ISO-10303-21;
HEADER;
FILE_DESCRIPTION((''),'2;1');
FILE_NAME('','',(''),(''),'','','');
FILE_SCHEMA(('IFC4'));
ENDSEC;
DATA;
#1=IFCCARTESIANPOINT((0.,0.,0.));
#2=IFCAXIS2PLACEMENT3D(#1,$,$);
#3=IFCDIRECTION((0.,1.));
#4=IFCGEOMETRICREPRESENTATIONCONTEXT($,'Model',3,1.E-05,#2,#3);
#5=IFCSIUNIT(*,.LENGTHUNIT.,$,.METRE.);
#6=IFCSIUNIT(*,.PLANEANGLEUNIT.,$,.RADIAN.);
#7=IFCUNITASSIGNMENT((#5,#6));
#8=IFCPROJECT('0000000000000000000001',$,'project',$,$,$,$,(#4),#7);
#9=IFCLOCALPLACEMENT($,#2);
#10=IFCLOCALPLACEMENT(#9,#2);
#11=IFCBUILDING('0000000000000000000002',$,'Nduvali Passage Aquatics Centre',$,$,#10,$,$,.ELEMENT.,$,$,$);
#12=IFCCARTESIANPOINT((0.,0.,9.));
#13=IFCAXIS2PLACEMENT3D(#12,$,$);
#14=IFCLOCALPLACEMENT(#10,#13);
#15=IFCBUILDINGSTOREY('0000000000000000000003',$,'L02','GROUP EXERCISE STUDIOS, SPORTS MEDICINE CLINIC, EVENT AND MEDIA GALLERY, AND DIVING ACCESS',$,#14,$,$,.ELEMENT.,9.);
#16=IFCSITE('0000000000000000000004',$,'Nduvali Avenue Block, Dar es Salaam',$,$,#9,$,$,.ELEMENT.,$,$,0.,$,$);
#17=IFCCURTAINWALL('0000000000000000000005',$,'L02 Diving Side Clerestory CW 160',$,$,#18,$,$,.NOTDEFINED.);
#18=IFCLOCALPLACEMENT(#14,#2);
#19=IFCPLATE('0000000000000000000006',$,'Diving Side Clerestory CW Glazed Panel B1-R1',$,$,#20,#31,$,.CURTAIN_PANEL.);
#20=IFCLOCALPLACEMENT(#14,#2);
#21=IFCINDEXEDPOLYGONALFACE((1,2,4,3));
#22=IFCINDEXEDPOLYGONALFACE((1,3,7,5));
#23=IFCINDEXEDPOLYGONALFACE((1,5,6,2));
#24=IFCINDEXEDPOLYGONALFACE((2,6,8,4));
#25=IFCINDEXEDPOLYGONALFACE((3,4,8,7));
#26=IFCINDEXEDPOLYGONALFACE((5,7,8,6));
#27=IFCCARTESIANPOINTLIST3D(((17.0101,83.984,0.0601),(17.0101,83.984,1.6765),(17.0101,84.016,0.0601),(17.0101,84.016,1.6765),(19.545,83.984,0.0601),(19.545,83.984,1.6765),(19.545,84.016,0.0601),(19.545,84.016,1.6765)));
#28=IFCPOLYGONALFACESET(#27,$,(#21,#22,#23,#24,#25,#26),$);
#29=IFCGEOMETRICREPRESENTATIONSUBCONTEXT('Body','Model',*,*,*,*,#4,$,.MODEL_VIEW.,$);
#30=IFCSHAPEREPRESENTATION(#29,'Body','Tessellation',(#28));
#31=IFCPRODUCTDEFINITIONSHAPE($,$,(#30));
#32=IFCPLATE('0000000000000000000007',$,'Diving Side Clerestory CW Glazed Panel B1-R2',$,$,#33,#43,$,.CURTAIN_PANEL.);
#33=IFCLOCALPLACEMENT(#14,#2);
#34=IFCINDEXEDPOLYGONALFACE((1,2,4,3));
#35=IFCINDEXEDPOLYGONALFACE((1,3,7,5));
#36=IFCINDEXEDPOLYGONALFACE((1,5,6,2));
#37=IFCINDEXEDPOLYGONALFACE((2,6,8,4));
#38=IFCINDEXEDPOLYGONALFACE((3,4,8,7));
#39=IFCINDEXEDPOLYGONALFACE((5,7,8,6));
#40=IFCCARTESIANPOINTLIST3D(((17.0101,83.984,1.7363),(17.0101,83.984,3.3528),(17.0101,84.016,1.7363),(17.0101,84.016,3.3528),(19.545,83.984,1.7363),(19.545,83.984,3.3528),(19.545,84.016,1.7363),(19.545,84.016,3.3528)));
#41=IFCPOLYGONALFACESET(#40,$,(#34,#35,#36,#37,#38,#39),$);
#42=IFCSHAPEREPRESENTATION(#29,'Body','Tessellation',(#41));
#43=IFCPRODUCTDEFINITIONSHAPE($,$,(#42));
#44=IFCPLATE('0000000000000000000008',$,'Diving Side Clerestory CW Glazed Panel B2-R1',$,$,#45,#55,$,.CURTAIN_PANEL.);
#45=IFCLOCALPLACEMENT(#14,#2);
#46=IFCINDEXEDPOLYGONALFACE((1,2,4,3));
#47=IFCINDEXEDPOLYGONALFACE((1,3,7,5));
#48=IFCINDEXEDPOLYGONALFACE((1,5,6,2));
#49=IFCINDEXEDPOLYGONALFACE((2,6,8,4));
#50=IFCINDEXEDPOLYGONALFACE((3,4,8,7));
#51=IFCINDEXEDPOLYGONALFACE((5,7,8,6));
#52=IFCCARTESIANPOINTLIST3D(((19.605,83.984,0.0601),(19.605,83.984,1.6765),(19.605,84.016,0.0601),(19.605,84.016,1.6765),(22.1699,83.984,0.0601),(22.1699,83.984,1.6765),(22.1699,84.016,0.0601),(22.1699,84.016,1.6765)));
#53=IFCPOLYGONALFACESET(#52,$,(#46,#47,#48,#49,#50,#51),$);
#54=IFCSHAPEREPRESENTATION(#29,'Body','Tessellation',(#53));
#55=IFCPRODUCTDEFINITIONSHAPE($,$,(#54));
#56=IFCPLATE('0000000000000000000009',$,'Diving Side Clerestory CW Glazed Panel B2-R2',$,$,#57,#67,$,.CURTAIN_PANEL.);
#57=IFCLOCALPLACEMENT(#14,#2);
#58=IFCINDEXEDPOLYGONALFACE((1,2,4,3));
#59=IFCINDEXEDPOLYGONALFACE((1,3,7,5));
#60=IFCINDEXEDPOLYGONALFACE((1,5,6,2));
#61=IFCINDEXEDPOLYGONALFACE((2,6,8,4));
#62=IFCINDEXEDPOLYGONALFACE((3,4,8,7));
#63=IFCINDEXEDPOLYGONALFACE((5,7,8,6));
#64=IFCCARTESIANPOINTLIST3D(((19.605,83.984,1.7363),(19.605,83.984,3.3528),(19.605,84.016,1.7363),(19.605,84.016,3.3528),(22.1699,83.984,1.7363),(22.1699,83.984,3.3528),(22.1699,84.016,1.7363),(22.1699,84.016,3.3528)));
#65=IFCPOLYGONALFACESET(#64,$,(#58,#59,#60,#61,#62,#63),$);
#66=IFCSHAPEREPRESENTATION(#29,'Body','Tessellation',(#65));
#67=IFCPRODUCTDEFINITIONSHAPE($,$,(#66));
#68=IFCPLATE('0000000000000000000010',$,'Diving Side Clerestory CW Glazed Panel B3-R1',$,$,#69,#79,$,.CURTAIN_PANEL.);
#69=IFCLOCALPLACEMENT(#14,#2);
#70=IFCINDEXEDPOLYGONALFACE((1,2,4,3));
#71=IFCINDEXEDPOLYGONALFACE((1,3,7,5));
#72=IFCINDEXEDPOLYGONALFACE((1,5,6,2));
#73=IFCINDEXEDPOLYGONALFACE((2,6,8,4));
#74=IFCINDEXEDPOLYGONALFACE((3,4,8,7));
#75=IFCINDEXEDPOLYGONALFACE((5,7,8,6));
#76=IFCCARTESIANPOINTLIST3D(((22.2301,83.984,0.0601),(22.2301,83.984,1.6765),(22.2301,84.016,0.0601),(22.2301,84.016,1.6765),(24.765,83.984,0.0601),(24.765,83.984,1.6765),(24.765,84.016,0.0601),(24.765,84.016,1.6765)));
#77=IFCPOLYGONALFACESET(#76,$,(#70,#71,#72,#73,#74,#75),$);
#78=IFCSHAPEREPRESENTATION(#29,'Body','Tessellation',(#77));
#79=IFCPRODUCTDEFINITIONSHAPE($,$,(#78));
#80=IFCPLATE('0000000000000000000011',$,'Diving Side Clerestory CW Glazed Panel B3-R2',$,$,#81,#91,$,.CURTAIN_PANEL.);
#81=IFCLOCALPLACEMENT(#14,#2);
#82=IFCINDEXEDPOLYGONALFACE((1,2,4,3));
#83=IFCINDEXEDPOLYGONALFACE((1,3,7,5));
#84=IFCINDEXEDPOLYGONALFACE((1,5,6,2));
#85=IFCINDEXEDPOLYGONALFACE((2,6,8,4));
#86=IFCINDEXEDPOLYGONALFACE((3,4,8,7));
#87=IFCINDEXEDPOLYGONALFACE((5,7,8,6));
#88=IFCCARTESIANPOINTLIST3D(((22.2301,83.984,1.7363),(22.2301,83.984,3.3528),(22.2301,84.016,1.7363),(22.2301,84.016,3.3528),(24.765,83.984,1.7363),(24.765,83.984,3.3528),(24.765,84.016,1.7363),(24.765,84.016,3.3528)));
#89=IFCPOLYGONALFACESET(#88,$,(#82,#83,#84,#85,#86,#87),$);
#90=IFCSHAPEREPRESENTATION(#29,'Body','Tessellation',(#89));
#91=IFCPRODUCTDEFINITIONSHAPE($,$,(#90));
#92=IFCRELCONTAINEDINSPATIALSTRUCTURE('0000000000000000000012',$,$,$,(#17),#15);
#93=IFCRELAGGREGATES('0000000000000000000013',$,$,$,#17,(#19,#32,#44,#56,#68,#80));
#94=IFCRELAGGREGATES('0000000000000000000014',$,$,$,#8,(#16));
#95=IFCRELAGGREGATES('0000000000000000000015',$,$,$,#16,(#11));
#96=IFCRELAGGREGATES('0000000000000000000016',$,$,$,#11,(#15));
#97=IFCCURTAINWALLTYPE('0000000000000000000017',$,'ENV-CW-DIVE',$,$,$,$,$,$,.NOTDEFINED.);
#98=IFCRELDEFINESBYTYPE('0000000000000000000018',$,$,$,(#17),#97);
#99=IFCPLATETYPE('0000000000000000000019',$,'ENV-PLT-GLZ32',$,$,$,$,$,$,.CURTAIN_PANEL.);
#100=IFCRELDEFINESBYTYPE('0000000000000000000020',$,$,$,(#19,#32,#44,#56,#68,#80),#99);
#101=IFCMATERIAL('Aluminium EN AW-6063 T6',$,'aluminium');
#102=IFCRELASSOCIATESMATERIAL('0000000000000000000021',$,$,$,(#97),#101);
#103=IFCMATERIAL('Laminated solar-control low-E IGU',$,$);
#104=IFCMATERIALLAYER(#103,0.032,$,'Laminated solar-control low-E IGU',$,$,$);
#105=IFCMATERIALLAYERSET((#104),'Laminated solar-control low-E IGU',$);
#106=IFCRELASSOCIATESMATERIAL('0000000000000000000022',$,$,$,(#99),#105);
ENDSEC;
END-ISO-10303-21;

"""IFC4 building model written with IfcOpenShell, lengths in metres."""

from ifc_helpers import new_model, si_unit, direction, frame, origin, origin_2d, place, context, subcontext, project, spatial, rectangle, extrude, material, layer, layer_set, type_object, element, aggregate, save


model = new_model("IFC4")

# Units and contexts
model_context = context("Model", 3, precision=1e-05, world=origin(), true_north=direction((0.0, 1.0)))
body_context = subcontext(model_context, "Body", "Model", "MODEL_VIEW")
ifc_project = project(units=[si_unit("LENGTHUNIT", "METRE"), si_unit("PLANEANGLEUNIT", "RADIAN")], contexts=[model_context])

# Site, building, storey
site_placement = place(None, origin())
site = spatial("IfcSite", under=ifc_project, at=site_placement, Name="Nduvali Avenue Block, Dar es Salaam", CompositionType="ELEMENT", RefElevation=0.0)
building_placement = place(site_placement, origin())
building = spatial("IfcBuilding", under=site, at=building_placement, Name="Nduvali Passage Aquatics Centre", CompositionType="ELEMENT")
storey_placement = place(building_placement, frame((0.0, 0.0, 9.0)))
storey = spatial("IfcBuildingStorey", under=building, at=storey_placement, Name="L02", Description="GROUP EXERCISE STUDIOS, SPORTS MEDICINE CLINIC, EVENT AND MEDIA GALLERY, AND DIVING ACCESS", CompositionType="ELEMENT", Elevation=9.0)

# Shared definitions
ifc_material_1 = material(Name="Aluminium EN AW-6063 T6", Category="aluminium")
curtain_wall_type = type_object("IfcCurtainWallType", Name="ENV-CW-DIVE", PredefinedType="NOTDEFINED", material=ifc_material_1)

# Curtain wall
curtain_wall_1_placement = place(storey_placement, origin())
curtain_wall_1 = element("IfcCurtainWall", 1, at=curtain_wall_1_placement, inside=storey, type_object=curtain_wall_type, Name="L02 Diving Side Clerestory CW 160", PredefinedType="NOTDEFINED")

# Plates
ifc_material_2 = material(Name="Laminated solar-control low-E IGU")
ifc_layer = layer(ifc_material_2, 0.032, Name="Laminated solar-control low-E IGU")
ifc_layer_set = layer_set([ifc_layer], Name="Laminated solar-control low-E IGU")
plate_type = type_object("IfcPlateType", Name="ENV-PLT-GLZ32", PredefinedType="CURTAIN_PANEL", material=ifc_layer_set)
plate_1_placement = place(storey_placement, frame((18.2776, 84.0, 0.0601), z_axis=(0.0, 0.0, 1.0), x_axis=(1.0, 0.0, 0.0)))
plate_1 = element("IfcPlate", 2, at=plate_1_placement, type_object=plate_type, Name="Diving Side Clerestory CW Glazed Panel B1-R1", PredefinedType="CURTAIN_PANEL", context=body_context, shape_type="SweptSolid", body=[
    extrude(rectangle(XDim=2.5349, YDim=0.032, at=origin_2d()), origin(), (0.0, 0.0, 1.0), 1.6165),
])
plate_2_placement = place(storey_placement, frame((18.2776, 84.0, 1.7363), z_axis=(0.0, 0.0, 1.0), x_axis=(1.0, 0.0, 0.0)))
plate_2 = element("IfcPlate", 3, at=plate_2_placement, type_object=plate_type, Name="Diving Side Clerestory CW Glazed Panel B1-R2", PredefinedType="CURTAIN_PANEL", context=body_context, shape_type="SweptSolid", body=[
    extrude(rectangle(XDim=2.5349, YDim=0.032, at=origin_2d()), origin(), (0.0, 0.0, 1.0), 1.6165),
])
plate_3_placement = place(storey_placement, frame((20.8875, 84.0, 0.0601), z_axis=(0.0, 0.0, 1.0), x_axis=(1.0, 0.0, 0.0)))
plate_3 = element("IfcPlate", 4, at=plate_3_placement, type_object=plate_type, Name="Diving Side Clerestory CW Glazed Panel B2-R1", PredefinedType="CURTAIN_PANEL", context=body_context, shape_type="SweptSolid", body=[
    extrude(rectangle(XDim=2.5649, YDim=0.032, at=origin_2d()), origin(), (0.0, 0.0, 1.0), 1.6165),
])
plate_4_placement = place(storey_placement, frame((20.8875, 84.0, 1.7363), z_axis=(0.0, 0.0, 1.0), x_axis=(1.0, 0.0, 0.0)))
plate_4 = element("IfcPlate", 5, at=plate_4_placement, type_object=plate_type, Name="Diving Side Clerestory CW Glazed Panel B2-R2", PredefinedType="CURTAIN_PANEL", context=body_context, shape_type="SweptSolid", body=[
    extrude(rectangle(XDim=2.5649, YDim=0.032, at=origin_2d()), origin(), (0.0, 0.0, 1.0), 1.6165),
])
plate_5_placement = place(storey_placement, frame((23.4976, 84.0, 0.0601), z_axis=(0.0, 0.0, 1.0), x_axis=(1.0, 0.0, 0.0)))
plate_5 = element("IfcPlate", 6, at=plate_5_placement, type_object=plate_type, Name="Diving Side Clerestory CW Glazed Panel B3-R1", PredefinedType="CURTAIN_PANEL", context=body_context, shape_type="SweptSolid", body=[
    extrude(rectangle(XDim=2.5349, YDim=0.032, at=origin_2d()), origin(), (0.0, 0.0, 1.0), 1.6165),
])
plate_6_placement = place(storey_placement, frame((23.4976, 84.0, 1.7363), z_axis=(0.0, 0.0, 1.0), x_axis=(1.0, 0.0, 0.0)))
plate_6 = element("IfcPlate", 7, at=plate_6_placement, type_object=plate_type, Name="Diving Side Clerestory CW Glazed Panel B3-R2", PredefinedType="CURTAIN_PANEL", context=body_context, shape_type="SweptSolid", body=[
    extrude(rectangle(XDim=2.5349, YDim=0.032, at=origin_2d()), origin(), (0.0, 0.0, 1.0), 1.6165),
])
aggregate(curtain_wall_1, [plate_1, plate_2, plate_3, plate_4, plate_5, plate_6])

save(model, "model.ifc")
